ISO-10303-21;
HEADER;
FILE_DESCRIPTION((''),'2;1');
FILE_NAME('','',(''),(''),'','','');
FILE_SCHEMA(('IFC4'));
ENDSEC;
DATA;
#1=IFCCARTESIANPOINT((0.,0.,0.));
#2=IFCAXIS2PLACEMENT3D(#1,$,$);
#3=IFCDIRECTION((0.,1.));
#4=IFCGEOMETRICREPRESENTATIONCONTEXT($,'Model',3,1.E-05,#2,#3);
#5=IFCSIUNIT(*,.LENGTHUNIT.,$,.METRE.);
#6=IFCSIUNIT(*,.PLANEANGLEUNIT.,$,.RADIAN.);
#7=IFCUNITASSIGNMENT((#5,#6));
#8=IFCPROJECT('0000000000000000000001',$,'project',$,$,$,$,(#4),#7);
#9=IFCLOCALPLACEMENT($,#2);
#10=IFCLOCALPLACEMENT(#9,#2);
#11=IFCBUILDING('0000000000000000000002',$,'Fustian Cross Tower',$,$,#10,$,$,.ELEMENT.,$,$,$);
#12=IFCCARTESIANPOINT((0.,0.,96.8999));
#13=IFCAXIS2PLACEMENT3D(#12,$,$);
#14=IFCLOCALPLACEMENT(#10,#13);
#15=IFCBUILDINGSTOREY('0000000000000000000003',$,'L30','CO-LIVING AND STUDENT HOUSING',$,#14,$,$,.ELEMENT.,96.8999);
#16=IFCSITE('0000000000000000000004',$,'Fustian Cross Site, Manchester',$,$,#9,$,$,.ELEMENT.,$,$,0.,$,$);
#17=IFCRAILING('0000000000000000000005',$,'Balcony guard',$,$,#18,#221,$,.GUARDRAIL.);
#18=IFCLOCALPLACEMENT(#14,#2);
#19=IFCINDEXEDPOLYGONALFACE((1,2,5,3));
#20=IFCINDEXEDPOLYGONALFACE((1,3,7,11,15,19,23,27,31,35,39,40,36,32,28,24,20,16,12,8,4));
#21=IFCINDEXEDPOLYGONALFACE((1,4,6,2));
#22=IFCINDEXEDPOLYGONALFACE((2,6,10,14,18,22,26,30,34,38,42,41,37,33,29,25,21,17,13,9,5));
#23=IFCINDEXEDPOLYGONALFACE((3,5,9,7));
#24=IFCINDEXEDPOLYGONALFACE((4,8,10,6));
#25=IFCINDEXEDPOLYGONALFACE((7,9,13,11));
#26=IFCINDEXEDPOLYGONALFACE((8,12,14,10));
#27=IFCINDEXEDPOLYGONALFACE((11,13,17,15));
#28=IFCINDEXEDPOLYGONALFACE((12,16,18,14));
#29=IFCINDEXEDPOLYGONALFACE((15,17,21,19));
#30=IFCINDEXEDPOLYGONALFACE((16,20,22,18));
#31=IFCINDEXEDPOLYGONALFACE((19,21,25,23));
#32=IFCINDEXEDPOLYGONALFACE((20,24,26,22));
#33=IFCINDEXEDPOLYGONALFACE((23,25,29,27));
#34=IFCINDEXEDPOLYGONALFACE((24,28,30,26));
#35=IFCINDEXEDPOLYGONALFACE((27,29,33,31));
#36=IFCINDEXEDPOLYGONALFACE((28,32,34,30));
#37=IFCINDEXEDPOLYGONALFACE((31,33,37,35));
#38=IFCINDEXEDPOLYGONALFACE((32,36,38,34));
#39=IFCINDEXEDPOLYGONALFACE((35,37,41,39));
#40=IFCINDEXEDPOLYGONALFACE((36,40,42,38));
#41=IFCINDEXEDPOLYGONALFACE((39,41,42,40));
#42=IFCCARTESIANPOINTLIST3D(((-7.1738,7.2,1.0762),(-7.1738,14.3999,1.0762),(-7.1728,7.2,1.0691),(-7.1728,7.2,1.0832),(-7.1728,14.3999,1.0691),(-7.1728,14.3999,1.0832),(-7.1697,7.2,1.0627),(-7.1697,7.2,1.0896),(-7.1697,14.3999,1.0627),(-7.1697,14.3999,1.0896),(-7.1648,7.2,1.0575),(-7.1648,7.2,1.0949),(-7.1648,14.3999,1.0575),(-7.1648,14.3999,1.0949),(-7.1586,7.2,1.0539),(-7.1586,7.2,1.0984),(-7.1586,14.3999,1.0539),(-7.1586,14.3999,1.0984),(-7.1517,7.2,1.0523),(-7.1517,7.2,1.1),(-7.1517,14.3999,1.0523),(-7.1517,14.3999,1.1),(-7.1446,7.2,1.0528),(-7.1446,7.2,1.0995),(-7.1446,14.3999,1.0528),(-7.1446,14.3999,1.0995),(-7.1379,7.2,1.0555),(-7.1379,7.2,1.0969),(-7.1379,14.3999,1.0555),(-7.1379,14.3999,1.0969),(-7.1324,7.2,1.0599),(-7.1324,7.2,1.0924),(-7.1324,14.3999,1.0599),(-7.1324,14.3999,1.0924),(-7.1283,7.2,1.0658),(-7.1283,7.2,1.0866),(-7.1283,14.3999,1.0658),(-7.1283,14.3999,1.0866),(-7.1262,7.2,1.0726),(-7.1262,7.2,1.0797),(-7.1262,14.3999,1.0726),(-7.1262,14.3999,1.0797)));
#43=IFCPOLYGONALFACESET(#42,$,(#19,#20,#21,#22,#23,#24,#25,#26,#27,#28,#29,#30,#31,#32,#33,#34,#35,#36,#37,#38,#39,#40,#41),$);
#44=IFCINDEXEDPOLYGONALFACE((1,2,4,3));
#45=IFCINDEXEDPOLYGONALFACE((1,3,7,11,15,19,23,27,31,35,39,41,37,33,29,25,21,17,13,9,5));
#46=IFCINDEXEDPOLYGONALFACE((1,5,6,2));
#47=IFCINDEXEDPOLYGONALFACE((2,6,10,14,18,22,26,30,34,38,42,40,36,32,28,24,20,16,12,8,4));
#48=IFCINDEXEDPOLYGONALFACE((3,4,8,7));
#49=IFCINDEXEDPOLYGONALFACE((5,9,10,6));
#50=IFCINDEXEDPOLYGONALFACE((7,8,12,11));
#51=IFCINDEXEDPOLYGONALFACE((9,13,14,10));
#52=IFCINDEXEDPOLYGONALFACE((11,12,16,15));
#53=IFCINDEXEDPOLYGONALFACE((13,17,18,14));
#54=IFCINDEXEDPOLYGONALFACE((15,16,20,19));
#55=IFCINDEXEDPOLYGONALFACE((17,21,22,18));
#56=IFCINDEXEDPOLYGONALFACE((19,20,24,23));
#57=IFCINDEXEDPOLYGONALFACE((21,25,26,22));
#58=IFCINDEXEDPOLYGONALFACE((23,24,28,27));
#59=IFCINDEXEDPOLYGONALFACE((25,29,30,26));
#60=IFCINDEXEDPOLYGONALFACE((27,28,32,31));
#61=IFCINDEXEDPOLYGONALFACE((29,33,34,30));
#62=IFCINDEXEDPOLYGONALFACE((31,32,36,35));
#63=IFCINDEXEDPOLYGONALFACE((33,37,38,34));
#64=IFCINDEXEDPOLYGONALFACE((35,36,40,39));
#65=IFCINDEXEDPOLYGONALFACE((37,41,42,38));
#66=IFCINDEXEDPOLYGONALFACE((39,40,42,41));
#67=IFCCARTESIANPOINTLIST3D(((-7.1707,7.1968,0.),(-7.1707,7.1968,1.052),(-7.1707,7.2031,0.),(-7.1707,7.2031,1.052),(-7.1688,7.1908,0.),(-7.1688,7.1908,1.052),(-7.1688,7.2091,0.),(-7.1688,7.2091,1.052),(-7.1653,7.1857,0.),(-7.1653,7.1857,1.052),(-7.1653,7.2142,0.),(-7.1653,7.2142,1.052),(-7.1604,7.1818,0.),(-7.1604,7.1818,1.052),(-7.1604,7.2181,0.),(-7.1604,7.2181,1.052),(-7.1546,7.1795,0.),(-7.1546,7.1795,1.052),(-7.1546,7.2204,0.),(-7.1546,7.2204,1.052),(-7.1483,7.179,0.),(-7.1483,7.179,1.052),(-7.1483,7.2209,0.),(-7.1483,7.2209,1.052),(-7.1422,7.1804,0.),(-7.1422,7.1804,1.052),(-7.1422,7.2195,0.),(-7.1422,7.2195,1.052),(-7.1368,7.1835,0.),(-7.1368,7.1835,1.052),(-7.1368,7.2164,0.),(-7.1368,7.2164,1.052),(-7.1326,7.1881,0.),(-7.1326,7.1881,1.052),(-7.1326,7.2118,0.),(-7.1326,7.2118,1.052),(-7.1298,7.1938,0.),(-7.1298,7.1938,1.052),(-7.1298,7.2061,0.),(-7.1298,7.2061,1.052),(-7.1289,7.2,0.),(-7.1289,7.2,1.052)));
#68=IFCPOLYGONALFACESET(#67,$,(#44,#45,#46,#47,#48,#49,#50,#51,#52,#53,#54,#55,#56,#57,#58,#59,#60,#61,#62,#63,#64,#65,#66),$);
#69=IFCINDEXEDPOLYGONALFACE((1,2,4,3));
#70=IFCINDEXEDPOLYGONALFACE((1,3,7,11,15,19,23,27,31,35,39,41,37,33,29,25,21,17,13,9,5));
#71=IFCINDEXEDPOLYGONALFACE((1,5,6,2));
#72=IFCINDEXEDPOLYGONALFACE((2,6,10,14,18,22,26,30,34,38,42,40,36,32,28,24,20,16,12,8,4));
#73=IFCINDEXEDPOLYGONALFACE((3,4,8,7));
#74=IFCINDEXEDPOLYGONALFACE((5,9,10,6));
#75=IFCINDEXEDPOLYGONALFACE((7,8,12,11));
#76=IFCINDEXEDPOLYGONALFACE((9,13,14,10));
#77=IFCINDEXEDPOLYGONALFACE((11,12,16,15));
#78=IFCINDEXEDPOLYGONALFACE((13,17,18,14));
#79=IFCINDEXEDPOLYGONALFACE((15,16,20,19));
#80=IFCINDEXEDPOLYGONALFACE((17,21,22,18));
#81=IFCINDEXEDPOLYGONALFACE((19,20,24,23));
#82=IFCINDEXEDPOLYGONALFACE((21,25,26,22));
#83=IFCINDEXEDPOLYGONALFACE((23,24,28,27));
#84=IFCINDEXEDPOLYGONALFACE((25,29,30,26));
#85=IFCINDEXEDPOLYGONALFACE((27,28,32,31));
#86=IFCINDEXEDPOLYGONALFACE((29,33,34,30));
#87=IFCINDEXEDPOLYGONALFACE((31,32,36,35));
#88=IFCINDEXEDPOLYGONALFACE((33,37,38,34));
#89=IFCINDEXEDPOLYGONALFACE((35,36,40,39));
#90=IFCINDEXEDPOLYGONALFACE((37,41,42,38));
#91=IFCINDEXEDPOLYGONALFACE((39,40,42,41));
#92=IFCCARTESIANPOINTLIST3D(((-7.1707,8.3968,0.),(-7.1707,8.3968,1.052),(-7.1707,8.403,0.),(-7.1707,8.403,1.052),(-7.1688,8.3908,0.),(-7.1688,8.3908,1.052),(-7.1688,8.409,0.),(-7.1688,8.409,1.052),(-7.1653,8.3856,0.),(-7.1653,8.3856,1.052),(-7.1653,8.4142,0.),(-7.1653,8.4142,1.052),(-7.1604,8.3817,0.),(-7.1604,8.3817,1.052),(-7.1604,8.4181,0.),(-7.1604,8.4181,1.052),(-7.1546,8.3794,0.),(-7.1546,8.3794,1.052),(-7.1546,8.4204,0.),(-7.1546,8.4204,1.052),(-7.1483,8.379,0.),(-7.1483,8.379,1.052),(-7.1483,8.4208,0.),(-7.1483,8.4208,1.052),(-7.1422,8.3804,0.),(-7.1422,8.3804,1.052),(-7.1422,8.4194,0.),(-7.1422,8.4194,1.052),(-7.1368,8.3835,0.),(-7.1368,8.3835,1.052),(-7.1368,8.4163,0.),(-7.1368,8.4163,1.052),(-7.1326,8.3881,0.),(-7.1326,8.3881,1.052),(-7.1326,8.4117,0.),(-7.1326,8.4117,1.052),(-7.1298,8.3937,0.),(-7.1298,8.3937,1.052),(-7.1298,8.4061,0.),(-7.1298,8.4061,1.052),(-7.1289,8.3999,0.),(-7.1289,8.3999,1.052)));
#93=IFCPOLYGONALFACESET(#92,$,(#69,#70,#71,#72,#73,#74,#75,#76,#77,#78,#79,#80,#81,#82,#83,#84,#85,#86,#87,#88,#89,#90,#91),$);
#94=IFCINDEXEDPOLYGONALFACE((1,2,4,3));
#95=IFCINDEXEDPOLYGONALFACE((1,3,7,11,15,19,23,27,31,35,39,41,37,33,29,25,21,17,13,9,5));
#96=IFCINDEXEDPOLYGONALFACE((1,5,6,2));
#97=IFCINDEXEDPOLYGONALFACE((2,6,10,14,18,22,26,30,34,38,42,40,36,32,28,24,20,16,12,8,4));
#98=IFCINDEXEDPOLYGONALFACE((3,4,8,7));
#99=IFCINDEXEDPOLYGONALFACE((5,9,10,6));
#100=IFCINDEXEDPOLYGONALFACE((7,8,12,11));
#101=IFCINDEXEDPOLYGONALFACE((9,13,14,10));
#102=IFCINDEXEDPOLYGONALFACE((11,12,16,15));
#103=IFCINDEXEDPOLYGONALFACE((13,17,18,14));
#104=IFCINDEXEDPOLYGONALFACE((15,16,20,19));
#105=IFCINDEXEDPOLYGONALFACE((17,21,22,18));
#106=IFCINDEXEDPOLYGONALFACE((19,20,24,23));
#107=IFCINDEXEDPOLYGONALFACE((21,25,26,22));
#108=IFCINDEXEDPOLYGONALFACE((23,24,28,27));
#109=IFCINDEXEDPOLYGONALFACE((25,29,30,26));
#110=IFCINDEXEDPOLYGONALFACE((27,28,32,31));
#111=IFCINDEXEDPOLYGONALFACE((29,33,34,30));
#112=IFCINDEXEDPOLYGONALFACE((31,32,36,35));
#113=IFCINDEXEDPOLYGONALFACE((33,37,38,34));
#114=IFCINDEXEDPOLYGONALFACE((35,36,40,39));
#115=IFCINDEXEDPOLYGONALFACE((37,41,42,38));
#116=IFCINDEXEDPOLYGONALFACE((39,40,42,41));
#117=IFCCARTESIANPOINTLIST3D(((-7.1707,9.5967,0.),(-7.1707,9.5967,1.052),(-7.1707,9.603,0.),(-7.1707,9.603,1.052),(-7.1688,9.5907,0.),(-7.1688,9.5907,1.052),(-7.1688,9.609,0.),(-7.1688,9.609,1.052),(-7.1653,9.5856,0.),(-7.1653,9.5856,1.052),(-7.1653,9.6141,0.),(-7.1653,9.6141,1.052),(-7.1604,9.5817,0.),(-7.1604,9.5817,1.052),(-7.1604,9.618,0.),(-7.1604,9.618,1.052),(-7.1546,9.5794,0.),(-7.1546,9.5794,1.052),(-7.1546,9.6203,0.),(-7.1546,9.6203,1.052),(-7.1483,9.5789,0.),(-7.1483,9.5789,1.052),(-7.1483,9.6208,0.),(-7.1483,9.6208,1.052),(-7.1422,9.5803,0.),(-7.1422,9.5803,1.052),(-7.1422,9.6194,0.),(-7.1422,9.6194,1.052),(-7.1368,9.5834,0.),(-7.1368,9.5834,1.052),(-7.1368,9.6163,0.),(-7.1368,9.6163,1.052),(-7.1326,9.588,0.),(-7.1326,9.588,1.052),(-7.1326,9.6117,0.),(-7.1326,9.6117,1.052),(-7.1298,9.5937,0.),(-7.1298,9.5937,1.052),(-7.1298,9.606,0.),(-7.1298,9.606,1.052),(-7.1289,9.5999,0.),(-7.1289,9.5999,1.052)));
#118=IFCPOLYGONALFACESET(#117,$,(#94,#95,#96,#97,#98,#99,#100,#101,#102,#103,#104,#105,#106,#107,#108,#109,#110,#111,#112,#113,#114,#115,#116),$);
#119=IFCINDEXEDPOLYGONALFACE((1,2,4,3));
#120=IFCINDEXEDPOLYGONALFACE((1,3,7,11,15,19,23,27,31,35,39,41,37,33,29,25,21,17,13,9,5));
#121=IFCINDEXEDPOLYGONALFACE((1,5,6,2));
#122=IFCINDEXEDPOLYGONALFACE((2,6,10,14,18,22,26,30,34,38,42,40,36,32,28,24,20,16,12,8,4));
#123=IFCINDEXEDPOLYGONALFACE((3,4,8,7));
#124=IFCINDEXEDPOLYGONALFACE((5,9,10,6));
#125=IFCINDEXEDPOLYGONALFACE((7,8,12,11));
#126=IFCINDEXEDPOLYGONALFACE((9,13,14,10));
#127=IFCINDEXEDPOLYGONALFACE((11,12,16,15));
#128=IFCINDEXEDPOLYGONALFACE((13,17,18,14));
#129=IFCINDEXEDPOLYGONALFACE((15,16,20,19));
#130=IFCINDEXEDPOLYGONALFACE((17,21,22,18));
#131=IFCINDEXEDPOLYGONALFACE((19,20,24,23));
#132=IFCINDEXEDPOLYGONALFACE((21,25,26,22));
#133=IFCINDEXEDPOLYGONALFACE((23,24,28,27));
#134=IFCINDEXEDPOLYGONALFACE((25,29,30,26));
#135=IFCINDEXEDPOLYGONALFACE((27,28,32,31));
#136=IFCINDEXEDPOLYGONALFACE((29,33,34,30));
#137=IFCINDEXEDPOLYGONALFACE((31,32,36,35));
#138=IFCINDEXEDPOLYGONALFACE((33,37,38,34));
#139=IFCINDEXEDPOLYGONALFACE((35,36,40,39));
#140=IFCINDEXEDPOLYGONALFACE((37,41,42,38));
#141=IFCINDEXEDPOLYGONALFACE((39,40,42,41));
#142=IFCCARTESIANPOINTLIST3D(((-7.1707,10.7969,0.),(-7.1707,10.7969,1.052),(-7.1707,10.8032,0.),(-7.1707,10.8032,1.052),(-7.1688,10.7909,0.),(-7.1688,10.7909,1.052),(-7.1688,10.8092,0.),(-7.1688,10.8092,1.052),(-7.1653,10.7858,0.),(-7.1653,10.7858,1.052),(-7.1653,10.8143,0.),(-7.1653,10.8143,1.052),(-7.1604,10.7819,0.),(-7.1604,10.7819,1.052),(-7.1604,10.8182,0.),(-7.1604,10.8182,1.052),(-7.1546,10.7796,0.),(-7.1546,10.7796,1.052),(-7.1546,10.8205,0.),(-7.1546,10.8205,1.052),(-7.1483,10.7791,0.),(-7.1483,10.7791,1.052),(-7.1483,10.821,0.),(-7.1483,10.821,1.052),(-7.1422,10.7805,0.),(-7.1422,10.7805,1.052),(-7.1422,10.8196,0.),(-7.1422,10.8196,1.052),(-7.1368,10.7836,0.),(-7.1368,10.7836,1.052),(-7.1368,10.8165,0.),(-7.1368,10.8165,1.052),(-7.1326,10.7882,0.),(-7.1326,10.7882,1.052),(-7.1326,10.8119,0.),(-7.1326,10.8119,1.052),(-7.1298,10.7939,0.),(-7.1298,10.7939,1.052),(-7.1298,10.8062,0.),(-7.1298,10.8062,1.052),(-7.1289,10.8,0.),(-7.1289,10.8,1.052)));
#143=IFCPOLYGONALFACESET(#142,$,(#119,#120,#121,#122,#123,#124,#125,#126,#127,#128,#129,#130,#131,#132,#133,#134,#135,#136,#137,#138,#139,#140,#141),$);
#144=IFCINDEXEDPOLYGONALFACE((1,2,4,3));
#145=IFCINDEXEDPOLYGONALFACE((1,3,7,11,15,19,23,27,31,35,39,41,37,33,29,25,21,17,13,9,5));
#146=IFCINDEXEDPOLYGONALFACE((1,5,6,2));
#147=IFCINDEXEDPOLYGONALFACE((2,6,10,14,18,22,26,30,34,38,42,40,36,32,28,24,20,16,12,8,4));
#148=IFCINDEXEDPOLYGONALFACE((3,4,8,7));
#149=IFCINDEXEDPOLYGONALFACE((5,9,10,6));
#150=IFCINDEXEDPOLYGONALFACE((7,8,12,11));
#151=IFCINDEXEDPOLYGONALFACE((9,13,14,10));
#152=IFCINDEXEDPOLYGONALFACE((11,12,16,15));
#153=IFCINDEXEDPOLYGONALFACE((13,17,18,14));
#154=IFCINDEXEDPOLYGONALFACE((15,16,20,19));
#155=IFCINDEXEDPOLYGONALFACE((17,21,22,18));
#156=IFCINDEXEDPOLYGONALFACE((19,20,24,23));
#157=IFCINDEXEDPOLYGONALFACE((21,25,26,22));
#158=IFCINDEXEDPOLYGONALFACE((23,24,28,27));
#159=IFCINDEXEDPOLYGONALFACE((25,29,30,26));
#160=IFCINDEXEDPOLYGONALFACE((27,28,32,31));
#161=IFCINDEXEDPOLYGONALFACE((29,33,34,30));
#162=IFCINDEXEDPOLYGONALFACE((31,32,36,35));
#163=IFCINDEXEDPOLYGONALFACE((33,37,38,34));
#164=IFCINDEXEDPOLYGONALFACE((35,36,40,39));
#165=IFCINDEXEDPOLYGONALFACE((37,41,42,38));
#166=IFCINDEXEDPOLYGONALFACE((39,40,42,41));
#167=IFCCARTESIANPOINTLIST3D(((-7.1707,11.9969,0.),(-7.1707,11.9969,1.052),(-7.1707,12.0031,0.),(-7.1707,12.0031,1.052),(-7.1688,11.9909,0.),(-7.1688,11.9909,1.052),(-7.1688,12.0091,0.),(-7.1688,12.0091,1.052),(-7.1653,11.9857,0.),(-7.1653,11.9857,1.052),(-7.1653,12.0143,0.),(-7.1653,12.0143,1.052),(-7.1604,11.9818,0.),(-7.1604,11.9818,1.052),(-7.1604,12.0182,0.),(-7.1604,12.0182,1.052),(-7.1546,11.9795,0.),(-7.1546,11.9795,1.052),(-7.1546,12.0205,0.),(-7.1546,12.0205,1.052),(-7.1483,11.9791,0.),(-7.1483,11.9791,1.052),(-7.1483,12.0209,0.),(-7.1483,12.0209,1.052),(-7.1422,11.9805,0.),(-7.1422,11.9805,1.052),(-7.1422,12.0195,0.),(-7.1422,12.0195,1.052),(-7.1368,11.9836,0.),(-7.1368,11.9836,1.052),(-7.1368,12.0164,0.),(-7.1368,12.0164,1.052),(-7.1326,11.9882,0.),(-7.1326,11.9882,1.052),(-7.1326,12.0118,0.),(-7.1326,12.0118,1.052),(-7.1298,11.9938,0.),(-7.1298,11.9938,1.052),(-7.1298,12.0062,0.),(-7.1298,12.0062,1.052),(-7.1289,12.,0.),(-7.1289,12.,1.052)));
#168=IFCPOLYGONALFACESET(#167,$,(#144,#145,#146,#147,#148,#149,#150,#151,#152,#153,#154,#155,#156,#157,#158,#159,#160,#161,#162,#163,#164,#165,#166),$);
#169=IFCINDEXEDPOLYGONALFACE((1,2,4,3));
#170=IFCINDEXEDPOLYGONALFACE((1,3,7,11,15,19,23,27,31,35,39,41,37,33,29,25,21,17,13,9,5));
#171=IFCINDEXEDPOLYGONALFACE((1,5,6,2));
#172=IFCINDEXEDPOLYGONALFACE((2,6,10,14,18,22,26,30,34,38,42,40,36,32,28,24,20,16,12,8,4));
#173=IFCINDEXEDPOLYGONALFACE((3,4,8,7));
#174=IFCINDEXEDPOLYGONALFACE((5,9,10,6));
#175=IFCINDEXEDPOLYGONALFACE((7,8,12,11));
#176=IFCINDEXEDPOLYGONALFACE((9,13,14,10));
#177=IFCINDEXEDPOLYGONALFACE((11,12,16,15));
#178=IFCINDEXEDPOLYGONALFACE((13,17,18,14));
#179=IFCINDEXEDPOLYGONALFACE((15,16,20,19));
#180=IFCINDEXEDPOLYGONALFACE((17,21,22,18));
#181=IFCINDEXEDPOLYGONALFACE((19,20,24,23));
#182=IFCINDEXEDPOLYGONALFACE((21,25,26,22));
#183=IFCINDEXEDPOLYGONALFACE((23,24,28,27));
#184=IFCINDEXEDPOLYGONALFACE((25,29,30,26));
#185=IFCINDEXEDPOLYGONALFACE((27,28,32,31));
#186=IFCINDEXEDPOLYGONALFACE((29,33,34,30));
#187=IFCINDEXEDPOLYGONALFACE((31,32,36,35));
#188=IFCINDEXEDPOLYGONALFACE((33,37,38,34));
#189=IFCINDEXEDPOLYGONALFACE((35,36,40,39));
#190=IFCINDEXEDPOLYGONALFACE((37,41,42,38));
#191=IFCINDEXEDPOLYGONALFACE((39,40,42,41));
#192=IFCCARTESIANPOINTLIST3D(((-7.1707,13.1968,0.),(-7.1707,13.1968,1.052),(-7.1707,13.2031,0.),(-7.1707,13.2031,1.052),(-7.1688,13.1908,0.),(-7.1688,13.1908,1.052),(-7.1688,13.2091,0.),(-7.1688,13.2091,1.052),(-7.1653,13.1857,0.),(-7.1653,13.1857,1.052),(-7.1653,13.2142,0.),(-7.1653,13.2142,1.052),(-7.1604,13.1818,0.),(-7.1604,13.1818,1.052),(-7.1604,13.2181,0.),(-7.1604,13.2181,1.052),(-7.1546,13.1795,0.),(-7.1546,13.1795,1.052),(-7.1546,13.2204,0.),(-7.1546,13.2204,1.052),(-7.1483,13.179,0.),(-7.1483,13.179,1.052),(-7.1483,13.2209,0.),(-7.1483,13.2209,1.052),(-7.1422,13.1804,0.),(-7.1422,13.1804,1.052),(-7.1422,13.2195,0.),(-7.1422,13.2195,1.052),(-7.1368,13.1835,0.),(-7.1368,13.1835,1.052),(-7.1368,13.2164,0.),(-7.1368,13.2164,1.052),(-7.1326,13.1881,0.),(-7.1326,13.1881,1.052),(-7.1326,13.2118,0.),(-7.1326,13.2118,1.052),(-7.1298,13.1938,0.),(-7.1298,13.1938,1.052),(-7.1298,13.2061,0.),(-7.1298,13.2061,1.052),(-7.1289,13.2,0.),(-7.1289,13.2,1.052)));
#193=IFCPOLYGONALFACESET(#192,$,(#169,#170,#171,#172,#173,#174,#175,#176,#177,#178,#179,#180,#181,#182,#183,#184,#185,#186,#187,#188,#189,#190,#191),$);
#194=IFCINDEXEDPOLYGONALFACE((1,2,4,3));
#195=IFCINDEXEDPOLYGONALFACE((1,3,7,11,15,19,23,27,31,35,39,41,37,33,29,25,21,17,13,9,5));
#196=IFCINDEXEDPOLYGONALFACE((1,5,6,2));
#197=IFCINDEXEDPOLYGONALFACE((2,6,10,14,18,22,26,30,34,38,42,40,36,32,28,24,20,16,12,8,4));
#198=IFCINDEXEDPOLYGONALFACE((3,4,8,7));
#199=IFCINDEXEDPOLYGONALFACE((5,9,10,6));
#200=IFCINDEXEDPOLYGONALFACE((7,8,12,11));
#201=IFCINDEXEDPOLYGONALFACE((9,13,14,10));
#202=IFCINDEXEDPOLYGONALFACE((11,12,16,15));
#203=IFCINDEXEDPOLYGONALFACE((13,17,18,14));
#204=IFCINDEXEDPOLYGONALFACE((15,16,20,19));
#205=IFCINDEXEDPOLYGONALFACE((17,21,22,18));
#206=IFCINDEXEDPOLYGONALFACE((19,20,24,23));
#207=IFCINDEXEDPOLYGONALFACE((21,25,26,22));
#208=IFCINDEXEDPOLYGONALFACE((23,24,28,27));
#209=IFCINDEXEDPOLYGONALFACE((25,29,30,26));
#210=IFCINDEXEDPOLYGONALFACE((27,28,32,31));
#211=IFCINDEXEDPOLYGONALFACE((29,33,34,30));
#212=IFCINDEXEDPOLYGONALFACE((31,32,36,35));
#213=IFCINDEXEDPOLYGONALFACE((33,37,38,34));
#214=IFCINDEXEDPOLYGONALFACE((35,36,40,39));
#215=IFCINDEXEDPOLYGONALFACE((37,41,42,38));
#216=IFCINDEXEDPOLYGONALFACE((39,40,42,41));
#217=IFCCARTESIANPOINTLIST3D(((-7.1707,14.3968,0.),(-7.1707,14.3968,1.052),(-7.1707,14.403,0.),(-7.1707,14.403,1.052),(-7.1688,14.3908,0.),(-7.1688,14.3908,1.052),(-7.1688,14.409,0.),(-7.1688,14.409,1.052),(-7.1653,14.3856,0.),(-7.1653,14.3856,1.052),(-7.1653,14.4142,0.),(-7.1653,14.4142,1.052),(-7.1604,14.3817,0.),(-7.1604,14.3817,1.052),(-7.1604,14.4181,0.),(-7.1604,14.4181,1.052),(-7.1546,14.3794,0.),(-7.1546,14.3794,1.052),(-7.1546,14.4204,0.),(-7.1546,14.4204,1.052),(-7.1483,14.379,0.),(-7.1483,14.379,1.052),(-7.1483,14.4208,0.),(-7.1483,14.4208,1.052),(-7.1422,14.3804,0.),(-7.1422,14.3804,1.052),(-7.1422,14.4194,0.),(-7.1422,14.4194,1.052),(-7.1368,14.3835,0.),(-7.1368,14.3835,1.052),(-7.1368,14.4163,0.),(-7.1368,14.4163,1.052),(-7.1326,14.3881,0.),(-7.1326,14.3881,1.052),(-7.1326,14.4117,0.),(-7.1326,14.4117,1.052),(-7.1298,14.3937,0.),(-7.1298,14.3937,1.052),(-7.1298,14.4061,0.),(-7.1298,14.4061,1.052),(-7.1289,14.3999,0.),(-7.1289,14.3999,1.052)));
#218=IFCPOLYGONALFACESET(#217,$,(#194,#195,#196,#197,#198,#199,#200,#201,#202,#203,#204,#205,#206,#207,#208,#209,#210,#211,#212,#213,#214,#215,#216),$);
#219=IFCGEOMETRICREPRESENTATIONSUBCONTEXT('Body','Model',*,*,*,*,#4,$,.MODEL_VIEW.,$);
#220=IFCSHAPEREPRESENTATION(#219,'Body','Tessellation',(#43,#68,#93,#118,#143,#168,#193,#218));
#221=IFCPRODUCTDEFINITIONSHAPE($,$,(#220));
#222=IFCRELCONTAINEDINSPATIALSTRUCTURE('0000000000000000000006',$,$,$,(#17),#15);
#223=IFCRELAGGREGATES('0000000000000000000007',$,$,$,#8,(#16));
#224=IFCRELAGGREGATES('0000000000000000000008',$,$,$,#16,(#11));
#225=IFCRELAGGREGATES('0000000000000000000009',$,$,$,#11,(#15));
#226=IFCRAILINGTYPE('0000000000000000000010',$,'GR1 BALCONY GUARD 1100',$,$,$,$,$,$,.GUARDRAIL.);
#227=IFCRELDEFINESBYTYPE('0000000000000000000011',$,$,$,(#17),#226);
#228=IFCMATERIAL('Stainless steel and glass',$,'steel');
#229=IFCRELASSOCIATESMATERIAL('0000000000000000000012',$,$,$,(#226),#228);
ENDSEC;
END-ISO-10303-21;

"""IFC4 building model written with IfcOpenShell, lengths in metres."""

from ifc_helpers import new_model, si_unit, direction, frame, origin, origin_2d, place, context, subcontext, project, spatial, circle, extrude, material, type_object, element, save


model = new_model("IFC4")

# Units and contexts
model_context = context("Model", 3, precision=1e-05, world=origin(), true_north=direction((0.0, 1.0)))
body_context = subcontext(model_context, "Body", "Model", "MODEL_VIEW")
ifc_project = project(units=[si_unit("LENGTHUNIT", "METRE"), si_unit("PLANEANGLEUNIT", "RADIAN")], contexts=[model_context])

# Site, building, storey
site_placement = place(None, origin())
site = spatial("IfcSite", under=ifc_project, at=site_placement, Name="Fustian Cross Site, Manchester", CompositionType="ELEMENT", RefElevation=0.0)
building_placement = place(site_placement, origin())
building = spatial("IfcBuilding", under=site, at=building_placement, Name="Fustian Cross Tower", CompositionType="ELEMENT")
storey_placement = place(building_placement, frame((0.0, 0.0, 96.8999)))
storey = spatial("IfcBuildingStorey", under=building, at=storey_placement, Name="L30", Description="CO-LIVING AND STUDENT HOUSING", CompositionType="ELEMENT", Elevation=96.8999)

# Railing
ifc_material_1 = material(Name="Stainless steel and glass", Category="steel")
railing_type = type_object("IfcRailingType", Name="GR1 BALCONY GUARD 1100", PredefinedType="GUARDRAIL", material=ifc_material_1)
railing_placement = place(storey_placement, frame((-7.1499, 7.2, 0.0)))
element("IfcRailing", 1, at=railing_placement, inside=storey, type_object=railing_type, Name="Balcony guard", PredefinedType="GUARDRAIL", context=body_context, shape_type="SweptSolid", body=[
    extrude(circle(Radius=0.0239, at=origin_2d()), frame((0.0, 0.0, 1.0762), z_axis=(0.0, 1.0, 0.0), x_axis=(-1.0, 0.0, 0.0)), (0.0, 0.0, 1.0), 7.2),
    extrude(circle(Radius=0.021, at=origin_2d()), origin(), (0.0, 0.0, 1.0), 1.052),
    extrude(circle(Radius=0.021, at=origin_2d()), frame((0.0, 1.2, 0.0)), (0.0, 0.0, 1.0), 1.052),
    extrude(circle(Radius=0.021, at=origin_2d()), frame((0.0, 2.3999, 0.0)), (0.0, 0.0, 1.0), 1.052),
    extrude(circle(Radius=0.021, at=origin_2d()), frame((0.0, 3.6001, 0.0)), (0.0, 0.0, 1.0), 1.052),
    extrude(circle(Radius=0.021, at=origin_2d()), frame((0.0, 4.8, 0.0)), (0.0, 0.0, 1.0), 1.052),
    extrude(circle(Radius=0.021, at=origin_2d()), frame((0.0, 6.0, 0.0)), (0.0, 0.0, 1.0), 1.052),
    extrude(circle(Radius=0.021, at=origin_2d()), frame((0.0, 7.2, 0.0)), (0.0, 0.0, 1.0), 1.052),
])

save(model, "model.ifc")
